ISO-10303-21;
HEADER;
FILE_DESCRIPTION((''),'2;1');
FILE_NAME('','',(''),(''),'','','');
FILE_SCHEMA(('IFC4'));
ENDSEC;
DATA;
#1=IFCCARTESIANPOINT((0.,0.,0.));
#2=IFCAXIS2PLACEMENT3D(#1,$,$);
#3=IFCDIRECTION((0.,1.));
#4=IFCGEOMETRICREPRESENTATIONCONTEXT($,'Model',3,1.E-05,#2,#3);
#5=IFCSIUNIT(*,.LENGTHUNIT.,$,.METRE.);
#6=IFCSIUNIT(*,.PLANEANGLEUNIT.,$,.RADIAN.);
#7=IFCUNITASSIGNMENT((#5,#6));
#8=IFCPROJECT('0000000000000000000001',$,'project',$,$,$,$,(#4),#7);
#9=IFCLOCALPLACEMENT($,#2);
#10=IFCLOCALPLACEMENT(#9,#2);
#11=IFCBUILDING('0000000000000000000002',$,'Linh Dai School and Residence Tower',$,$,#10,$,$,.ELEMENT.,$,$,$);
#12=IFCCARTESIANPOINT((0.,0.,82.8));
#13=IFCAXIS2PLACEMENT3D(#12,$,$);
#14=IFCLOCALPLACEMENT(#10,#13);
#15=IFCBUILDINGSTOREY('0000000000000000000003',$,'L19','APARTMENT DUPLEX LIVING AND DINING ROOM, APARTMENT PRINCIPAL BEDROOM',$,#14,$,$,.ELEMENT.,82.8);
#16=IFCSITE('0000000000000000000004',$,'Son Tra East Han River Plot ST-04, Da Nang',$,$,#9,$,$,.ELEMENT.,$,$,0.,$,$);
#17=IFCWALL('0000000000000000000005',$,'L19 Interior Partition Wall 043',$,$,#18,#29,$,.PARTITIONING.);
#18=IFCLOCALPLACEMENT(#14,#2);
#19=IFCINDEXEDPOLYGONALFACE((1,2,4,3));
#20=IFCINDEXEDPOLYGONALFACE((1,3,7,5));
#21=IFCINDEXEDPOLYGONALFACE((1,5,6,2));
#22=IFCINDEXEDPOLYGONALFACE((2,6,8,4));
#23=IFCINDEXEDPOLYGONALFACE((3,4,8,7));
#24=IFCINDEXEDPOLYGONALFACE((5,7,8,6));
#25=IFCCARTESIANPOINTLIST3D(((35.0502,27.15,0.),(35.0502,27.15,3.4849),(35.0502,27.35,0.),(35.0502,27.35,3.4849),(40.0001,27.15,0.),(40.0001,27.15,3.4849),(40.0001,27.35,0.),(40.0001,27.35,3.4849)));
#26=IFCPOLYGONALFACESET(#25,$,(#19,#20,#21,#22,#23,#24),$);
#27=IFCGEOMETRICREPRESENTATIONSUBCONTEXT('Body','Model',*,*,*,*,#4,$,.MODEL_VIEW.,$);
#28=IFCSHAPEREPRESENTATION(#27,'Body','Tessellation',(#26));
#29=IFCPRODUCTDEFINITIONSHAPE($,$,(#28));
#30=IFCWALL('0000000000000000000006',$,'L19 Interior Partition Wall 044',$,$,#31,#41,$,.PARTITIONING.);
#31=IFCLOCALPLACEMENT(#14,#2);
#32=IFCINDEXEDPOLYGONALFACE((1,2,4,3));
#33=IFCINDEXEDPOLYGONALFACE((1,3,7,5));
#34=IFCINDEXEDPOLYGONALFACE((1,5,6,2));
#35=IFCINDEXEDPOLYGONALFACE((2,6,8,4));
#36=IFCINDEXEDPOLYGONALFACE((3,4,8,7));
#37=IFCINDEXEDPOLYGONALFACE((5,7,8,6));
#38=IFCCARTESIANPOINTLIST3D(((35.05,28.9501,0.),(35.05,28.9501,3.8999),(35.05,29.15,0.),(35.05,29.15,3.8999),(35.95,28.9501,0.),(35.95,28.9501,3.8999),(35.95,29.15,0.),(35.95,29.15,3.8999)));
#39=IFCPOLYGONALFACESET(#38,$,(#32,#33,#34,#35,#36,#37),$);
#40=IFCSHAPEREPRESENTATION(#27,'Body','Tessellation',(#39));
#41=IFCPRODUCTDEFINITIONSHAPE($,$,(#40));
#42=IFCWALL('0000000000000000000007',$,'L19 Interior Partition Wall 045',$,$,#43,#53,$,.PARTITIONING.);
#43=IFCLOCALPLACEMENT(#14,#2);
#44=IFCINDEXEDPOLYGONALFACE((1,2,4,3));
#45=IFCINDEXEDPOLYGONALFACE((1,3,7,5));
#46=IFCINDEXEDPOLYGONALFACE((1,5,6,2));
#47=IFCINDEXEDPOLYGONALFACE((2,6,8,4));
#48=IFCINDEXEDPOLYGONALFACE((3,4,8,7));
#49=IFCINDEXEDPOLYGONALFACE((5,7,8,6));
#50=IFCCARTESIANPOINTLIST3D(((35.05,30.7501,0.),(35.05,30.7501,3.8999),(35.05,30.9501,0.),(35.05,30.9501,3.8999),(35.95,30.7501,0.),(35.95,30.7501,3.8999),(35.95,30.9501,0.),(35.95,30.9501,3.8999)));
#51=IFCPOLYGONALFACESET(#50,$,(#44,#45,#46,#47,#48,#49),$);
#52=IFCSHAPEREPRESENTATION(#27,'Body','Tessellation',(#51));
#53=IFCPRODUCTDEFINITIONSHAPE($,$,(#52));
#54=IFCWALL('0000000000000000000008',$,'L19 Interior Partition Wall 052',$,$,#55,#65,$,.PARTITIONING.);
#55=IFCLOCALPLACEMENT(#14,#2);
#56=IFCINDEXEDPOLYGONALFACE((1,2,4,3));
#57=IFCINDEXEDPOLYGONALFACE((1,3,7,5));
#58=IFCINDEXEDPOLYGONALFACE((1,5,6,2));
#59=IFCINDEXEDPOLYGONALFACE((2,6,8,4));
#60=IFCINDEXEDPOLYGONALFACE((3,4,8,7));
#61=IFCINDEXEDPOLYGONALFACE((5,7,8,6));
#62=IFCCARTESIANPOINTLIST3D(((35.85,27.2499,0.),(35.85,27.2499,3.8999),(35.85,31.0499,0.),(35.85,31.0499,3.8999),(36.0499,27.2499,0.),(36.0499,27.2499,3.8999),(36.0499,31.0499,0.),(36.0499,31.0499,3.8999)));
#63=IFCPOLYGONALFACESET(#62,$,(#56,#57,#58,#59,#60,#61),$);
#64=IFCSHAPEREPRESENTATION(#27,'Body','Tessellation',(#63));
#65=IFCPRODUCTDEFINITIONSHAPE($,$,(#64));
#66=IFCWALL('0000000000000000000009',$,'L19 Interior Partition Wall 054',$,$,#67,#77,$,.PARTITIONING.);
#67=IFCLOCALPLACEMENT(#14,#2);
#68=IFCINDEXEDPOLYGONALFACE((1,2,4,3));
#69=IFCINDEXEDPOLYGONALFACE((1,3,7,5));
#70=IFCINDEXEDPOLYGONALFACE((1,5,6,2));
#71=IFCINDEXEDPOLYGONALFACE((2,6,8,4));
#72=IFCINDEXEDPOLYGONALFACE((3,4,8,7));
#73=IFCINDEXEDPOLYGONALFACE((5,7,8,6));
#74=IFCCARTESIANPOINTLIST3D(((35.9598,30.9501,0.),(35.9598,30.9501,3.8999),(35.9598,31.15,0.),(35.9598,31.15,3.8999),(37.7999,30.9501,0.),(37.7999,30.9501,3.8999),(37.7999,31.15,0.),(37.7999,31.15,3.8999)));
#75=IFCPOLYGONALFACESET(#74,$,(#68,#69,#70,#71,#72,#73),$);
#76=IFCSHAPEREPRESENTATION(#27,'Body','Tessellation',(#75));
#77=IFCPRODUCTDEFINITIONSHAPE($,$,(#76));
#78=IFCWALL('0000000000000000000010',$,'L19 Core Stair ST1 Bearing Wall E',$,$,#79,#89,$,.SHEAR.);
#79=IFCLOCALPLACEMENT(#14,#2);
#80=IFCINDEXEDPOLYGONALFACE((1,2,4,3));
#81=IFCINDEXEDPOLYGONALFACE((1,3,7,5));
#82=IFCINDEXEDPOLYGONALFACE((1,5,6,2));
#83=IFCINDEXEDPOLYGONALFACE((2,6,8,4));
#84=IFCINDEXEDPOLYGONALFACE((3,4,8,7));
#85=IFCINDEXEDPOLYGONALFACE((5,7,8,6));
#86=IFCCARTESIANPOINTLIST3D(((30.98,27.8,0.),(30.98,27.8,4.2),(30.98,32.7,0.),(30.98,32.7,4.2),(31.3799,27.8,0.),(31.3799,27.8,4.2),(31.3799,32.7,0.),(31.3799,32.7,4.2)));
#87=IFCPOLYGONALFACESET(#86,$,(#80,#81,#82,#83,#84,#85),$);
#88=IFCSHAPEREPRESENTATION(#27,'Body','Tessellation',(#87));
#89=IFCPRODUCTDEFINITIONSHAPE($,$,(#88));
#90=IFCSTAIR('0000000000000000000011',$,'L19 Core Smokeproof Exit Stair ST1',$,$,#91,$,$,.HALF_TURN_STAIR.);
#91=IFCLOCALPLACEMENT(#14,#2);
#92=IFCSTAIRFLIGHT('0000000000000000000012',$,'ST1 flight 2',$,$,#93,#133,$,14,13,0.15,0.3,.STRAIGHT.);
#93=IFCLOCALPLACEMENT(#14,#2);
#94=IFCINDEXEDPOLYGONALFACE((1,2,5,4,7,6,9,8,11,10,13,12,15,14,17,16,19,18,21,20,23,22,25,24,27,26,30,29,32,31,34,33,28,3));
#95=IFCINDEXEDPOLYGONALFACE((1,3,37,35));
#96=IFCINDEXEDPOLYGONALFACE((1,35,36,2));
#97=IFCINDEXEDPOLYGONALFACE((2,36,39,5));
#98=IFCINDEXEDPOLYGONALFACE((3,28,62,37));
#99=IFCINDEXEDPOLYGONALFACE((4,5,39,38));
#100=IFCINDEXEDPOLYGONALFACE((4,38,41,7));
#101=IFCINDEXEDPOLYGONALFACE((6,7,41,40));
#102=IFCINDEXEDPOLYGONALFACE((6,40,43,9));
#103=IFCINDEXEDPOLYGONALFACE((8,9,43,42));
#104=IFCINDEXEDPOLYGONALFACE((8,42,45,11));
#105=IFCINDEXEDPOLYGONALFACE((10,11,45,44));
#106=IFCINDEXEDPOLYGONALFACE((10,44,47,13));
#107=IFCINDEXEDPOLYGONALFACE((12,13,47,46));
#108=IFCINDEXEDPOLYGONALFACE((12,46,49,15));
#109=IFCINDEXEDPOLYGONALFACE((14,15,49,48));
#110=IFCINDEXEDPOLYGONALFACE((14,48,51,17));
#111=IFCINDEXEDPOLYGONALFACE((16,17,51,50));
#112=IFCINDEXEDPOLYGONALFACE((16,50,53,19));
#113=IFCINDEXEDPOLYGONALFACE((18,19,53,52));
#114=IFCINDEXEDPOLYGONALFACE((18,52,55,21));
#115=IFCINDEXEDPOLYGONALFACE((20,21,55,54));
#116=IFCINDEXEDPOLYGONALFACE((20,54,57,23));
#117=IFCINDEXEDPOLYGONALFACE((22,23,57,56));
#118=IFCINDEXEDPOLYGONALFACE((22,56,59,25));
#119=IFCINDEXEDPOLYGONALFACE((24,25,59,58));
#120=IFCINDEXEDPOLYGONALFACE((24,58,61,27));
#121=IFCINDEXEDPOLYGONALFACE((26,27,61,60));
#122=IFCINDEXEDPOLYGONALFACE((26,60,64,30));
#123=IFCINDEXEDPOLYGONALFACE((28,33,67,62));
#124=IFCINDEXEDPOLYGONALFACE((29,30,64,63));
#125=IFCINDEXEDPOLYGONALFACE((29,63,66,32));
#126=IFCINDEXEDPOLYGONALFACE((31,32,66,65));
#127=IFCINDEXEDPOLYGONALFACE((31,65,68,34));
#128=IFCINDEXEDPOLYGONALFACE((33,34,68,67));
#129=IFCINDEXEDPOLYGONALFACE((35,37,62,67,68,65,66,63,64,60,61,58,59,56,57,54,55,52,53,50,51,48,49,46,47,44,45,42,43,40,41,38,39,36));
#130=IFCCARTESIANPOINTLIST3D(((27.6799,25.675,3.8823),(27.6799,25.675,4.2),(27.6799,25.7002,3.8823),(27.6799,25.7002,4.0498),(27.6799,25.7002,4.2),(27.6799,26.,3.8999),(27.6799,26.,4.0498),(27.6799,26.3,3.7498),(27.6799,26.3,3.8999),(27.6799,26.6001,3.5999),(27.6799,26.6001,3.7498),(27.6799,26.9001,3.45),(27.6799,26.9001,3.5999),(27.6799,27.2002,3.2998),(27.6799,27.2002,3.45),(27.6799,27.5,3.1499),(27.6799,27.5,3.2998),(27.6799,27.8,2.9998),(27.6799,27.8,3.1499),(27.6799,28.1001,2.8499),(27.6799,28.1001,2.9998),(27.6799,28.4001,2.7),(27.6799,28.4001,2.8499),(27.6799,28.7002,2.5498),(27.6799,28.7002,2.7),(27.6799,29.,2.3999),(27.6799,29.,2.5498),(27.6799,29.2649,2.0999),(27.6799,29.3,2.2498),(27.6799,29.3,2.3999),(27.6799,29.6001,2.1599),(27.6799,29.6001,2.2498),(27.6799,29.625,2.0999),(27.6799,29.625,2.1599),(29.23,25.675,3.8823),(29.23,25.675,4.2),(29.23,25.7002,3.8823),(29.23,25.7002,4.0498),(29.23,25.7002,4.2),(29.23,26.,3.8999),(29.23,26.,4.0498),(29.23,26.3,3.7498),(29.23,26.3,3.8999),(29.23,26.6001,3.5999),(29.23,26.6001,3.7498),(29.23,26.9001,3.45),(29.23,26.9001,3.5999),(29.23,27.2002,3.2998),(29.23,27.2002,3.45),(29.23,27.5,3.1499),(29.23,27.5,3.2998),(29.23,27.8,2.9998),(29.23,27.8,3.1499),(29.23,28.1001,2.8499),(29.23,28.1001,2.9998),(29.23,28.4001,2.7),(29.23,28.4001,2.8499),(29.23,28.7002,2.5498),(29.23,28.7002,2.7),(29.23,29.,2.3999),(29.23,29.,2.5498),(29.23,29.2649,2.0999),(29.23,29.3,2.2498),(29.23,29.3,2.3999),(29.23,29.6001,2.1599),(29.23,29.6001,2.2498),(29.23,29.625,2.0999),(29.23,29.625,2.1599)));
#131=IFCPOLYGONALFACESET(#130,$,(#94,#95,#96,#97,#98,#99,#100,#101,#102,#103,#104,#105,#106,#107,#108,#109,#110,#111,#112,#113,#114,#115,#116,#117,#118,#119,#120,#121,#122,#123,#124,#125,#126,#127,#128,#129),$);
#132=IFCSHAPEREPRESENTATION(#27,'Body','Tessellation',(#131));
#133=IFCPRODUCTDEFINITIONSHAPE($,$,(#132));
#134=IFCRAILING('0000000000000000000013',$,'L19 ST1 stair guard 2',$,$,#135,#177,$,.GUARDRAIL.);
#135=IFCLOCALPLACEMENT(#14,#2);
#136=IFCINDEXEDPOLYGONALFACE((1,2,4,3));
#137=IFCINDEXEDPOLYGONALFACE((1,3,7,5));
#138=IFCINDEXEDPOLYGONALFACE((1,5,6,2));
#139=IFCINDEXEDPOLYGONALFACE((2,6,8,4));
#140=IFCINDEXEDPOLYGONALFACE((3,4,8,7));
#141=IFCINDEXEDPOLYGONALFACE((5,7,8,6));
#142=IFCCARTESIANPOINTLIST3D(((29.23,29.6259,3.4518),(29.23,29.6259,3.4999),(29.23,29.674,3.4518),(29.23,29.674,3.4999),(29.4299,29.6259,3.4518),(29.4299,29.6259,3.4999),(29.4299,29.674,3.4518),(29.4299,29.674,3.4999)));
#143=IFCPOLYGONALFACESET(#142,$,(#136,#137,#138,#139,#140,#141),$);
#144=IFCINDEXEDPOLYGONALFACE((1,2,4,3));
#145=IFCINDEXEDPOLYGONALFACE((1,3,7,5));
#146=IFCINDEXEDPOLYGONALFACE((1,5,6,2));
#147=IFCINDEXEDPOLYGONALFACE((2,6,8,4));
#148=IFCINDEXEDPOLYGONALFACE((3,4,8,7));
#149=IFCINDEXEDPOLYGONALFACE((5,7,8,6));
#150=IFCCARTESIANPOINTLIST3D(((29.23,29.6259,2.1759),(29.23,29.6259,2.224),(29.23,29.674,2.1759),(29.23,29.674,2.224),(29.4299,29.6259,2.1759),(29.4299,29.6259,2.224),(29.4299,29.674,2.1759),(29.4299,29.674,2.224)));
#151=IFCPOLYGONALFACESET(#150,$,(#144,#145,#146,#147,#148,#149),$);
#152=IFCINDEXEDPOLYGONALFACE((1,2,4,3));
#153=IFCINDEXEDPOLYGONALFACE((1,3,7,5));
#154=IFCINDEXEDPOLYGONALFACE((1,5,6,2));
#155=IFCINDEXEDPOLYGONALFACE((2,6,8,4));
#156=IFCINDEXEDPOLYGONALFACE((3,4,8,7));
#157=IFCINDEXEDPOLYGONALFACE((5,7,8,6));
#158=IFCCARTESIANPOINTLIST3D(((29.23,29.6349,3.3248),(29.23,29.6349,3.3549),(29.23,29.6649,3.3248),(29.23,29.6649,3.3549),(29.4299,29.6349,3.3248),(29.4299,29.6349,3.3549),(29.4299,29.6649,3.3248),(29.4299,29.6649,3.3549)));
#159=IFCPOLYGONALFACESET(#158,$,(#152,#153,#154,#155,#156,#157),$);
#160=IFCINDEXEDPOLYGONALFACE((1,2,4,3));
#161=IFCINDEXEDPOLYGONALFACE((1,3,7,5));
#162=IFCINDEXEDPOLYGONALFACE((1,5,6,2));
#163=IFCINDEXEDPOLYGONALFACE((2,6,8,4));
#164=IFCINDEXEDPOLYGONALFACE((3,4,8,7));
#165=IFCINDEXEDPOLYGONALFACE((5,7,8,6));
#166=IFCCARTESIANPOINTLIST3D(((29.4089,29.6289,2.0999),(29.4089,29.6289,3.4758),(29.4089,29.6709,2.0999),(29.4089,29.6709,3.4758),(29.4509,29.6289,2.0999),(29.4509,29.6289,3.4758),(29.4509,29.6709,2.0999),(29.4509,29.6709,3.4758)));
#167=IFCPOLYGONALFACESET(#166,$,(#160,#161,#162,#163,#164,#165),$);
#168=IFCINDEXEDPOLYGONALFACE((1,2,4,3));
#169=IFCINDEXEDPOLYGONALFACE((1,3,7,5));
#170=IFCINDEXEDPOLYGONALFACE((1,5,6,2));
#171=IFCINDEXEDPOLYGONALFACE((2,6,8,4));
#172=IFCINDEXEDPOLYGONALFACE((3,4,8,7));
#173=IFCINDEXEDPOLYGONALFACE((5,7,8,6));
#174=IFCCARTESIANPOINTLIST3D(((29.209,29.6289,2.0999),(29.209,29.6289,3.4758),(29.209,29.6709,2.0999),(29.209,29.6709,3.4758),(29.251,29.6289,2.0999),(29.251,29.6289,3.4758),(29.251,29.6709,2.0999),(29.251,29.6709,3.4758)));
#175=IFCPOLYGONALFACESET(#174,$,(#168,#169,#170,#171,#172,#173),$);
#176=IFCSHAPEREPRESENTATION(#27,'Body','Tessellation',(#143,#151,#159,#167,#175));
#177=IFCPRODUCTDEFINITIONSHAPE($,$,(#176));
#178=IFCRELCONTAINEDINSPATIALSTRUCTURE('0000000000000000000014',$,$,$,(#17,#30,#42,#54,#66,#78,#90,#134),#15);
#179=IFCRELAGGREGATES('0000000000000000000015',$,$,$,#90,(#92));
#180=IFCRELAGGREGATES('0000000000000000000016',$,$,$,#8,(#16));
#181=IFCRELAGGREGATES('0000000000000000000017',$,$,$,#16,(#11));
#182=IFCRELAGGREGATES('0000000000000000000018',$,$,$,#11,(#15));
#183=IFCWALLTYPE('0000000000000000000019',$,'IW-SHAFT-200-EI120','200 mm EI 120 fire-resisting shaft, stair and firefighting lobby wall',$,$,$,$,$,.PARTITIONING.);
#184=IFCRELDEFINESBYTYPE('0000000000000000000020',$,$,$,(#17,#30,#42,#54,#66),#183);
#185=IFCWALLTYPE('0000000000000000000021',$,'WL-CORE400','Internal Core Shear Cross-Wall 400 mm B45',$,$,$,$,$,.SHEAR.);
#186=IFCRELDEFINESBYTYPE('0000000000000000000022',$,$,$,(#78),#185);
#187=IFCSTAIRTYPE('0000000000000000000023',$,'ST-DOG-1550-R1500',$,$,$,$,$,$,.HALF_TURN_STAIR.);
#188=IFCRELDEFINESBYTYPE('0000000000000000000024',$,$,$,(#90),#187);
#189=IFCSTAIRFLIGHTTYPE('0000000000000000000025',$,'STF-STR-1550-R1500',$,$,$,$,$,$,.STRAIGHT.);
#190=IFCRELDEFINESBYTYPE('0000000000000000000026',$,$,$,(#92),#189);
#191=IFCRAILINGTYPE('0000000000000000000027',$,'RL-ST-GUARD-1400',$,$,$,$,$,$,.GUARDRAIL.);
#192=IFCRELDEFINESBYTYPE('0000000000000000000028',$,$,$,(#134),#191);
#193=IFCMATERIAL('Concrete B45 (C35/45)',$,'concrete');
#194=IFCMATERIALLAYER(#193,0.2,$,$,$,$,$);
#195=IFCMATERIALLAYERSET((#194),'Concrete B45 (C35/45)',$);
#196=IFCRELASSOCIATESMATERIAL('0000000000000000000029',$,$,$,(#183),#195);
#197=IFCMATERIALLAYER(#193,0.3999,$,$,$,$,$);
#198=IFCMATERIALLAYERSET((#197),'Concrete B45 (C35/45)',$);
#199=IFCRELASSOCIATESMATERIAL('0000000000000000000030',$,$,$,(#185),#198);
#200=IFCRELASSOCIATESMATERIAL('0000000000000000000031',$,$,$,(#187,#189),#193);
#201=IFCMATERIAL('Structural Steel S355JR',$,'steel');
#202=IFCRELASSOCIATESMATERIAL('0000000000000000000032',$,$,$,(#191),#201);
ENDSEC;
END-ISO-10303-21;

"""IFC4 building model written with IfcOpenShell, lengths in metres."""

from ifc_helpers import new_model, si_unit, direction, frame, frame_2d, origin, origin_2d, place, context, subcontext, project, spatial, polyline, rectangle, outline, extrude, source, transform, mapped, material, layer, layer_set, type_object, element, aggregate, save


model = new_model("IFC4")

# Units and contexts
model_context = context("Model", 3, precision=1e-05, world=origin(), true_north=direction((0.0, 1.0)))
body_context = subcontext(model_context, "Body", "Model", "MODEL_VIEW")
ifc_project = project(units=[si_unit("LENGTHUNIT", "METRE"), si_unit("PLANEANGLEUNIT", "RADIAN")], contexts=[model_context])

# Site, building, storey
site_placement = place(None, origin())
site = spatial("IfcSite", under=ifc_project, at=site_placement, Name="Son Tra East Han River Plot ST-04, Da Nang", CompositionType="ELEMENT", RefElevation=0.0)
building_placement = place(site_placement, origin())
building = spatial("IfcBuilding", under=site, at=building_placement, Name="Linh Dai School and Residence Tower", CompositionType="ELEMENT")
storey_placement = place(building_placement, frame((0.0, 0.0, 82.8)))
storey = spatial("IfcBuildingStorey", under=building, at=storey_placement, Name="L19", Description="APARTMENT DUPLEX LIVING AND DINING ROOM, APARTMENT PRINCIPAL BEDROOM", CompositionType="ELEMENT", Elevation=82.8)

# Shared definitions
ifc_material_1 = material(Name="Structural Steel S355JR", Category="steel")

# Shared definitions
ifc_material_2 = material(Name="Concrete B45 (C35/45)", Category="concrete")
ifc_layer_1 = layer(ifc_material_2, 0.2)
ifc_layer_set_1 = layer_set([ifc_layer_1], Name="Concrete B45 (C35/45)")
wall_type_1 = type_object("IfcWallType", Name="IW-SHAFT-200-EI120", Description="200 mm EI 120 fire-resisting shaft, stair and firefighting lobby wall", PredefinedType="PARTITIONING", material=ifc_layer_set_1)

# Walls
wall_1_placement = place(storey_placement, frame((35.05, 27.25, 0.0), z_axis=(0.0, 0.0, 1.0), x_axis=(1.0, 0.0, 0.0)))
element("IfcWall", 1, at=wall_1_placement, inside=storey, type_object=wall_type_1, Name="L19 Interior Partition Wall 043", PredefinedType="PARTITIONING", context=body_context, shape_type="SweptSolid", body=[
    extrude(rectangle(XDim=4.95, YDim=0.2, at=frame_2d((2.4751, 0.0))), origin(), (0.0, 0.0, 1.0), 3.4849),
])
for number, where, z_axis, x_axis, name in (
    (2, (35.05, 29.05, 0.0), (0.0, 0.0, 1.0), (1.0, 0.0, 0.0), "L19 Interior Partition Wall 044"),
    (3, (35.05, 30.8501, 0.0), (0.0, 0.0, 1.0), (1.0, 0.0, 0.0), "L19 Interior Partition Wall 045"),
):
    element("IfcWall", number, at=place(storey_placement, frame(where, z_axis=z_axis, x_axis=x_axis)), inside=storey, type_object=wall_type_1, Name=name, PredefinedType="PARTITIONING", context=body_context, shape_type="SweptSolid", body=[
        extrude(rectangle(XDim=0.8999, YDim=0.2, at=frame_2d((0.45, 0.0))), origin(), (0.0, 0.0, 1.0), 3.8999),
    ])
wall_2_placement = place(storey_placement, frame((35.95, 27.25, 0.0), z_axis=(0.0, 0.0, 1.0), x_axis=(0.0, 1.0, 0.0)))
element("IfcWall", 4, at=wall_2_placement, inside=storey, type_object=wall_type_1, Name="L19 Interior Partition Wall 052", PredefinedType="PARTITIONING", context=body_context, shape_type="SweptSolid", body=[
    extrude(rectangle(XDim=3.8, YDim=0.2, at=frame_2d((1.8999, 0.0))), origin(), (0.0, 0.0, 1.0), 3.8999),
])

# Walls
wall_3_placement = place(storey_placement, frame((35.96, 31.05, 0.0), z_axis=(0.0, 0.0, 1.0), x_axis=(1.0, 0.0, 0.0)))
element("IfcWall", 5, at=wall_3_placement, inside=storey, type_object=wall_type_1, Name="L19 Interior Partition Wall 054", PredefinedType="PARTITIONING", context=body_context, shape_type="SweptSolid", body=[
    extrude(rectangle(XDim=1.8401, YDim=0.2, at=frame_2d((0.9199, 0.0))), origin(), (0.0, 0.0, 1.0), 3.8999),
])
ifc_layer_2 = layer(ifc_material_2, 0.3999)
ifc_layer_set_2 = layer_set([ifc_layer_2], Name="Concrete B45 (C35/45)")
wall_type_2 = type_object("IfcWallType", Name="WL-CORE400", Description="Internal Core Shear Cross-Wall 400 mm B45", PredefinedType="SHEAR", material=ifc_layer_set_2)
wall_4_placement = place(storey_placement, frame((31.1799, 27.8, 0.0), z_axis=(0.0, 0.0, 1.0), x_axis=(0.0, 1.0, 0.0)))
element("IfcWall", 6, at=wall_4_placement, inside=storey, type_object=wall_type_2, Name="L19 Core Stair ST1 Bearing Wall E", PredefinedType="SHEAR", context=body_context, shape_type="SweptSolid", body=[
    extrude(rectangle(XDim=4.8999, YDim=0.3999, at=frame_2d((2.45, 0.0))), origin(), (0.0, 0.0, 1.0), 4.2),
])

# Stair, stair flight
stair_type = type_object("IfcStairType", Name="ST-DOG-1550-R1500", PredefinedType="HALF_TURN_STAIR", material=ifc_material_2)
stair_placement = place(storey_placement, origin())
stair = element("IfcStair", 7, at=stair_placement, inside=storey, type_object=stair_type, Name="L19 Core Smokeproof Exit Stair ST1", PredefinedType="HALF_TURN_STAIR")
stair_flight_type = type_object("IfcStairFlightType", Name="STF-STR-1550-R1500", PredefinedType="STRAIGHT", material=ifc_material_2)
shared_shape_1 = source(origin(), body_context, "Body", "SweptSolid", [
    extrude(outline(polyline([(-0.0249, 0.0), (-0.0249, 0.0601), (0.0, 0.0601), (0.0, 0.1499), (0.3, 0.1499), (0.3, 0.3), (0.6001, 0.3), (0.6001, 0.45), (0.8999, 0.45), (0.8999, 0.6001), (1.2, 0.6001), (1.2, 0.75), (1.5, 0.75), (1.5, 0.8999), (1.8, 0.8999), (1.8, 1.05), (2.1001, 1.05), (2.1001, 1.2), (2.3999, 1.2), (2.3999, 1.3501), (2.7, 1.3501), (2.7, 1.5), (3.0, 1.5), (3.0, 1.6499), (3.3, 1.6499), (3.3, 1.8), (3.6001, 1.8), (3.6001, 1.95), (3.8999, 1.95), (3.8999, 2.1001), (3.925, 2.1001), (3.925, 1.7825), (3.8999, 1.7825), (0.3352, 0.0), (-0.0249, 0.0)])), frame((0.0, 0.7749, 0.0), z_axis=(0.0, -1.0, 0.0), x_axis=(1.0, 0.0, 0.0)), (0.0, 0.0, 1.0), 1.55),
])
stair_flight_placement = place(storey_placement, frame((28.4551, 29.6001, 2.0999), z_axis=(0.0, 0.0, 1.0), x_axis=(0.0, -1.0, 0.0)))
stair_flight = element("IfcStairFlight", 8, at=stair_flight_placement, type_object=stair_flight_type, Name="ST1 flight 2", NumberOfRisers=14, NumberOfTreads=13, PredefinedType="STRAIGHT", RiserHeight=0.15, TreadLength=0.3, context=body_context, shape_type="MappedRepresentation", body=[
    mapped(shared_shape_1, transform((0.0, 0.0, 0.0), x_axis=(1.0, 0.0, 0.0), y_axis=(0.0, 1.0, 0.0), z_axis=(0.0, 0.0, 1.0), scale=1.0)),
])
aggregate(stair, [stair_flight])

# Railing
railing_type_1 = type_object("IfcRailingType", Name="RL-ST-GUARD-1400", PredefinedType="GUARDRAIL", material=ifc_material_1)
shared_shape_2 = source(origin(), body_context, "Body", "SweptSolid", [
    extrude(rectangle(XDim=0.0481, YDim=0.0481, at=origin_2d()), frame((0.0, 0.0, 1.376), z_axis=(-1.0, 0.0, 0.0), x_axis=(0.0, -1.0, 0.0)), (0.0, 0.0, 1.0), 0.2),
    extrude(rectangle(XDim=0.0481, YDim=0.0481, at=origin_2d()), frame((0.0, 0.0, 0.1001), z_axis=(-1.0, 0.0, 0.0), x_axis=(0.0, -1.0, 0.0)), (0.0, 0.0, 1.0), 0.2),
    extrude(rectangle(XDim=0.03, YDim=0.03, at=origin_2d()), frame((0.0, 0.0, 1.24), z_axis=(-1.0, 0.0, 0.0), x_axis=(0.0, -1.0, 0.0)), (0.0, 0.0, 1.0), 0.2),
    extrude(rectangle(XDim=0.042, YDim=0.042, at=origin_2d()), origin(), (0.0, 0.0, 1.0), 1.376),
    extrude(rectangle(XDim=0.042, YDim=0.042, at=origin_2d()), frame((-0.2, 0.0, 0.0)), (0.0, 0.0, 1.0), 1.376),
])
railing_1_placement = place(storey_placement, frame((29.4299, 29.6499, 2.0999)))
element("IfcRailing", 9, at=railing_1_placement, inside=storey, type_object=railing_type_1, Name="L19 ST1 stair guard 2", PredefinedType="GUARDRAIL", context=body_context, shape_type="MappedRepresentation", body=[
    mapped(shared_shape_2, transform((0.0, 0.0, 0.0), x_axis=(1.0, 0.0, 0.0), y_axis=(0.0, 1.0, 0.0), z_axis=(0.0, 0.0, 1.0), scale=1.0)),
])

save(model, "model.ifc")
